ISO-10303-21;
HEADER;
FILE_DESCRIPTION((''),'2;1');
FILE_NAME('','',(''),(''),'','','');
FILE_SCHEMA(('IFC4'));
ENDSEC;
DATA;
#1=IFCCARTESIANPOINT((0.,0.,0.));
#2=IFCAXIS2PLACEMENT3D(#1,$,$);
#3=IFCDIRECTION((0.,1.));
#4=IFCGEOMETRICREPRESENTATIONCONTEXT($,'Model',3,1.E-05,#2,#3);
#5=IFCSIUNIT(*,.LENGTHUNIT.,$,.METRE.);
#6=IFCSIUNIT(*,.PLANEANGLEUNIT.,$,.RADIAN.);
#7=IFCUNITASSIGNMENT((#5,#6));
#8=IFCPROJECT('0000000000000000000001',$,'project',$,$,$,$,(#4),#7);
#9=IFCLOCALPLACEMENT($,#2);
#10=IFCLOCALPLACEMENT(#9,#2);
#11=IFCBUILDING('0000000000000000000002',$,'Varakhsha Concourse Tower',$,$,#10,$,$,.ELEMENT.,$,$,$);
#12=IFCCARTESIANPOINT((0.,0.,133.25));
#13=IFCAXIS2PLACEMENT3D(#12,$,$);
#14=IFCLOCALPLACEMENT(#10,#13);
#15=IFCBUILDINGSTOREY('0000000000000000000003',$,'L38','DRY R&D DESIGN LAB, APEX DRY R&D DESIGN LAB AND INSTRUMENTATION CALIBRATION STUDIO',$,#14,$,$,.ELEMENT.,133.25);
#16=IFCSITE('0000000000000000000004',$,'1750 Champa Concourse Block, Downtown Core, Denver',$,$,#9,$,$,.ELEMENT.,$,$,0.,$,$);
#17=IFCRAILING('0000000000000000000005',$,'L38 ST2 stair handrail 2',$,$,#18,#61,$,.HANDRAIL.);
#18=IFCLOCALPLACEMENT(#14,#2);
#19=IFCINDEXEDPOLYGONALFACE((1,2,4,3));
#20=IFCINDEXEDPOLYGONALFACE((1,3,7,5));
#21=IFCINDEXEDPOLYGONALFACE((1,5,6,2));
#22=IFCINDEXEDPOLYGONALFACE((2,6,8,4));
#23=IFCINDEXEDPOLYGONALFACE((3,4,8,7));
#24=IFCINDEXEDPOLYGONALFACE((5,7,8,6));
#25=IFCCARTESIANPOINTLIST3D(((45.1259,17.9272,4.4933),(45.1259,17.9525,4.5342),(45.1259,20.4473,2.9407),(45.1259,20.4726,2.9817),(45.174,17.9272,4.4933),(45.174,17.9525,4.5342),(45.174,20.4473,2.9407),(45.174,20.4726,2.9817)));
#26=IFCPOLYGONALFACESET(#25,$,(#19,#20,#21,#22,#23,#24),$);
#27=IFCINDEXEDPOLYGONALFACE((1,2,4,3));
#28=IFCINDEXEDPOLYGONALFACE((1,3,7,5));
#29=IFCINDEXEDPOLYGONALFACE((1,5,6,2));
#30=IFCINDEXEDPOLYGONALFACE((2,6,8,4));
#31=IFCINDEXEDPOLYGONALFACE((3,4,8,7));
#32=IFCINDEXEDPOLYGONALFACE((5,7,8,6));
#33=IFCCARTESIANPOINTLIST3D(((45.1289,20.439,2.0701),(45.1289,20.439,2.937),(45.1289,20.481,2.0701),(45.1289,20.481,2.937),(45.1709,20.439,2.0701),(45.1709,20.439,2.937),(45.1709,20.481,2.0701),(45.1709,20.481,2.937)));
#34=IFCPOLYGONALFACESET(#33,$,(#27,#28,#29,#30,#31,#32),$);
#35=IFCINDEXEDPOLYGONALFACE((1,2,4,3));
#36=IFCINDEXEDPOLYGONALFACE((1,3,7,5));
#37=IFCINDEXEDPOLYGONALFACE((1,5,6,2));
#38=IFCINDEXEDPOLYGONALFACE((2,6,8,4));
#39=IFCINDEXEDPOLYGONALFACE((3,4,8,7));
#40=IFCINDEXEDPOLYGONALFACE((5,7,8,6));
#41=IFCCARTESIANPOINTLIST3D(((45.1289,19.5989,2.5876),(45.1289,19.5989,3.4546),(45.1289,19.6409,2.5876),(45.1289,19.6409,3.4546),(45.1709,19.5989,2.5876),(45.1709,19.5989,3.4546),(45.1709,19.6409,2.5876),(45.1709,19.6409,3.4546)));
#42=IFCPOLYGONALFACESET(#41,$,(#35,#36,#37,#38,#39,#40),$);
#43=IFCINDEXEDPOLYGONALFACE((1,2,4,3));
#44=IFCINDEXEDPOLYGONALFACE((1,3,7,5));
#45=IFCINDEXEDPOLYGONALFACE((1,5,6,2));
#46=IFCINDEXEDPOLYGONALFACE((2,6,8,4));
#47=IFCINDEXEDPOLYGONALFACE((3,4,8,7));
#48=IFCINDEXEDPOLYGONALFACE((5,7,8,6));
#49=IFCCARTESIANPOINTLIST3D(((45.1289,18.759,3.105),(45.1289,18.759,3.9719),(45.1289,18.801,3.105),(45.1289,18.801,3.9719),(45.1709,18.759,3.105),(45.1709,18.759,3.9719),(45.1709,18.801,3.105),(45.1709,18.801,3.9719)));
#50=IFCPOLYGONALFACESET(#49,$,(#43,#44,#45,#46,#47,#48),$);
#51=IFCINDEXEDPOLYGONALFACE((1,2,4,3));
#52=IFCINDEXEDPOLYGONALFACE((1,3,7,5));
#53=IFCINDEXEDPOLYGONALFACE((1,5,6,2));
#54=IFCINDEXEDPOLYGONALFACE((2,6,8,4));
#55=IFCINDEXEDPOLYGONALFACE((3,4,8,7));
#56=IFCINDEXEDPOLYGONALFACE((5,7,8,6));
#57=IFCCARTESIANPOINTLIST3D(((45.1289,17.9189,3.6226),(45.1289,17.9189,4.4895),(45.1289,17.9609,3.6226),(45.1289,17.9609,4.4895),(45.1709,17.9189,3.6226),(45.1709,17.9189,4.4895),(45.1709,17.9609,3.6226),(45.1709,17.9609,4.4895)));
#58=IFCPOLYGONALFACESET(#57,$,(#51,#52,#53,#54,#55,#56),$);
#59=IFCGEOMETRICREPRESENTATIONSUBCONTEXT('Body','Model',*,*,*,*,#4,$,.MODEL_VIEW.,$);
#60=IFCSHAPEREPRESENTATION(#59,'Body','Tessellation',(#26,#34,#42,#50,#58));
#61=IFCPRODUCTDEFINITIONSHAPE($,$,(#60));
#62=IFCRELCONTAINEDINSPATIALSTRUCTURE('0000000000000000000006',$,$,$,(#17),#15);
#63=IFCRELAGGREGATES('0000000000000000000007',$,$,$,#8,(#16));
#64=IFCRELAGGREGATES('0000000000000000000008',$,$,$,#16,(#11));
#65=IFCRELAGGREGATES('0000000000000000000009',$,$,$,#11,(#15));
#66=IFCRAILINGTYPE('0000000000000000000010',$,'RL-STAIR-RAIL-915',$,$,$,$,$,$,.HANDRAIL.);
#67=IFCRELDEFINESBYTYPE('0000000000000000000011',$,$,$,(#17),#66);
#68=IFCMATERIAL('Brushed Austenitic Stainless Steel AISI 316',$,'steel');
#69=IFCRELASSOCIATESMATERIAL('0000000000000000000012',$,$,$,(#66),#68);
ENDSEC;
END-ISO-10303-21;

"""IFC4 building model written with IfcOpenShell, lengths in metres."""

from ifc_helpers import new_model, si_unit, direction, frame, origin, origin_2d, place, context, subcontext, project, spatial, rectangle, extrude, material, type_object, element, save


model = new_model("IFC4")

# Units and contexts
model_context = context("Model", 3, precision=1e-05, world=origin(), true_north=direction((0.0, 1.0)))
body_context = subcontext(model_context, "Body", "Model", "MODEL_VIEW")
ifc_project = project(units=[si_unit("LENGTHUNIT", "METRE"), si_unit("PLANEANGLEUNIT", "RADIAN")], contexts=[model_context])

# Site, building, storey
site_placement = place(None, origin())
site = spatial("IfcSite", under=ifc_project, at=site_placement, Name="1750 Champa Concourse Block, Downtown Core, Denver", CompositionType="ELEMENT", RefElevation=0.0)
building_placement = place(site_placement, origin())
building = spatial("IfcBuilding", under=site, at=building_placement, Name="Varakhsha Concourse Tower", CompositionType="ELEMENT")
storey_placement = place(building_placement, frame((0.0, 0.0, 133.25)))
storey = spatial("IfcBuildingStorey", under=building, at=storey_placement, Name="L38", Description="DRY R&D DESIGN LAB, APEX DRY R&D DESIGN LAB AND INSTRUMENTATION CALIBRATION STUDIO", CompositionType="ELEMENT", Elevation=133.25)

# Railing
ifc_material_1 = material(Name="Brushed Austenitic Stainless Steel AISI 316", Category="steel")
railing_type_1 = type_object("IfcRailingType", Name="RL-STAIR-RAIL-915", PredefinedType="HANDRAIL", material=ifc_material_1)
railing_1_placement = place(storey_placement, frame((45.1499, 20.46, 2.0701)))
element("IfcRailing", 1, at=railing_1_placement, inside=storey, type_object=railing_type_1, Name="L38 ST2 stair handrail 2", PredefinedType="HANDRAIL", context=body_context, shape_type="SweptSolid", body=[
    extrude(rectangle(XDim=0.0481, YDim=0.0481, at=origin_2d()), frame((0.0, 0.0, 0.8911), z_axis=(0.0, -0.8514, 0.524516), x_axis=(1.0, 0.0, 0.0)), (0.0, 0.0, 1.0), 2.96),
    extrude(rectangle(XDim=0.042, YDim=0.042, at=origin_2d()), origin(), (0.0, 0.0, 1.0), 0.8669),
    extrude(rectangle(XDim=0.042, YDim=0.042, at=origin_2d()), frame((0.0, -0.8401, 0.5176)), (0.0, 0.0, 1.0), 0.8669),
    extrude(rectangle(XDim=0.042, YDim=0.042, at=origin_2d()), frame((0.0, -1.6799, 1.0349)), (0.0, 0.0, 1.0), 0.8669),
    extrude(rectangle(XDim=0.042, YDim=0.042, at=origin_2d()), frame((0.0, -2.52, 1.5525)), (0.0, 0.0, 1.0), 0.8669),
])

save(model, "model.ifc")
